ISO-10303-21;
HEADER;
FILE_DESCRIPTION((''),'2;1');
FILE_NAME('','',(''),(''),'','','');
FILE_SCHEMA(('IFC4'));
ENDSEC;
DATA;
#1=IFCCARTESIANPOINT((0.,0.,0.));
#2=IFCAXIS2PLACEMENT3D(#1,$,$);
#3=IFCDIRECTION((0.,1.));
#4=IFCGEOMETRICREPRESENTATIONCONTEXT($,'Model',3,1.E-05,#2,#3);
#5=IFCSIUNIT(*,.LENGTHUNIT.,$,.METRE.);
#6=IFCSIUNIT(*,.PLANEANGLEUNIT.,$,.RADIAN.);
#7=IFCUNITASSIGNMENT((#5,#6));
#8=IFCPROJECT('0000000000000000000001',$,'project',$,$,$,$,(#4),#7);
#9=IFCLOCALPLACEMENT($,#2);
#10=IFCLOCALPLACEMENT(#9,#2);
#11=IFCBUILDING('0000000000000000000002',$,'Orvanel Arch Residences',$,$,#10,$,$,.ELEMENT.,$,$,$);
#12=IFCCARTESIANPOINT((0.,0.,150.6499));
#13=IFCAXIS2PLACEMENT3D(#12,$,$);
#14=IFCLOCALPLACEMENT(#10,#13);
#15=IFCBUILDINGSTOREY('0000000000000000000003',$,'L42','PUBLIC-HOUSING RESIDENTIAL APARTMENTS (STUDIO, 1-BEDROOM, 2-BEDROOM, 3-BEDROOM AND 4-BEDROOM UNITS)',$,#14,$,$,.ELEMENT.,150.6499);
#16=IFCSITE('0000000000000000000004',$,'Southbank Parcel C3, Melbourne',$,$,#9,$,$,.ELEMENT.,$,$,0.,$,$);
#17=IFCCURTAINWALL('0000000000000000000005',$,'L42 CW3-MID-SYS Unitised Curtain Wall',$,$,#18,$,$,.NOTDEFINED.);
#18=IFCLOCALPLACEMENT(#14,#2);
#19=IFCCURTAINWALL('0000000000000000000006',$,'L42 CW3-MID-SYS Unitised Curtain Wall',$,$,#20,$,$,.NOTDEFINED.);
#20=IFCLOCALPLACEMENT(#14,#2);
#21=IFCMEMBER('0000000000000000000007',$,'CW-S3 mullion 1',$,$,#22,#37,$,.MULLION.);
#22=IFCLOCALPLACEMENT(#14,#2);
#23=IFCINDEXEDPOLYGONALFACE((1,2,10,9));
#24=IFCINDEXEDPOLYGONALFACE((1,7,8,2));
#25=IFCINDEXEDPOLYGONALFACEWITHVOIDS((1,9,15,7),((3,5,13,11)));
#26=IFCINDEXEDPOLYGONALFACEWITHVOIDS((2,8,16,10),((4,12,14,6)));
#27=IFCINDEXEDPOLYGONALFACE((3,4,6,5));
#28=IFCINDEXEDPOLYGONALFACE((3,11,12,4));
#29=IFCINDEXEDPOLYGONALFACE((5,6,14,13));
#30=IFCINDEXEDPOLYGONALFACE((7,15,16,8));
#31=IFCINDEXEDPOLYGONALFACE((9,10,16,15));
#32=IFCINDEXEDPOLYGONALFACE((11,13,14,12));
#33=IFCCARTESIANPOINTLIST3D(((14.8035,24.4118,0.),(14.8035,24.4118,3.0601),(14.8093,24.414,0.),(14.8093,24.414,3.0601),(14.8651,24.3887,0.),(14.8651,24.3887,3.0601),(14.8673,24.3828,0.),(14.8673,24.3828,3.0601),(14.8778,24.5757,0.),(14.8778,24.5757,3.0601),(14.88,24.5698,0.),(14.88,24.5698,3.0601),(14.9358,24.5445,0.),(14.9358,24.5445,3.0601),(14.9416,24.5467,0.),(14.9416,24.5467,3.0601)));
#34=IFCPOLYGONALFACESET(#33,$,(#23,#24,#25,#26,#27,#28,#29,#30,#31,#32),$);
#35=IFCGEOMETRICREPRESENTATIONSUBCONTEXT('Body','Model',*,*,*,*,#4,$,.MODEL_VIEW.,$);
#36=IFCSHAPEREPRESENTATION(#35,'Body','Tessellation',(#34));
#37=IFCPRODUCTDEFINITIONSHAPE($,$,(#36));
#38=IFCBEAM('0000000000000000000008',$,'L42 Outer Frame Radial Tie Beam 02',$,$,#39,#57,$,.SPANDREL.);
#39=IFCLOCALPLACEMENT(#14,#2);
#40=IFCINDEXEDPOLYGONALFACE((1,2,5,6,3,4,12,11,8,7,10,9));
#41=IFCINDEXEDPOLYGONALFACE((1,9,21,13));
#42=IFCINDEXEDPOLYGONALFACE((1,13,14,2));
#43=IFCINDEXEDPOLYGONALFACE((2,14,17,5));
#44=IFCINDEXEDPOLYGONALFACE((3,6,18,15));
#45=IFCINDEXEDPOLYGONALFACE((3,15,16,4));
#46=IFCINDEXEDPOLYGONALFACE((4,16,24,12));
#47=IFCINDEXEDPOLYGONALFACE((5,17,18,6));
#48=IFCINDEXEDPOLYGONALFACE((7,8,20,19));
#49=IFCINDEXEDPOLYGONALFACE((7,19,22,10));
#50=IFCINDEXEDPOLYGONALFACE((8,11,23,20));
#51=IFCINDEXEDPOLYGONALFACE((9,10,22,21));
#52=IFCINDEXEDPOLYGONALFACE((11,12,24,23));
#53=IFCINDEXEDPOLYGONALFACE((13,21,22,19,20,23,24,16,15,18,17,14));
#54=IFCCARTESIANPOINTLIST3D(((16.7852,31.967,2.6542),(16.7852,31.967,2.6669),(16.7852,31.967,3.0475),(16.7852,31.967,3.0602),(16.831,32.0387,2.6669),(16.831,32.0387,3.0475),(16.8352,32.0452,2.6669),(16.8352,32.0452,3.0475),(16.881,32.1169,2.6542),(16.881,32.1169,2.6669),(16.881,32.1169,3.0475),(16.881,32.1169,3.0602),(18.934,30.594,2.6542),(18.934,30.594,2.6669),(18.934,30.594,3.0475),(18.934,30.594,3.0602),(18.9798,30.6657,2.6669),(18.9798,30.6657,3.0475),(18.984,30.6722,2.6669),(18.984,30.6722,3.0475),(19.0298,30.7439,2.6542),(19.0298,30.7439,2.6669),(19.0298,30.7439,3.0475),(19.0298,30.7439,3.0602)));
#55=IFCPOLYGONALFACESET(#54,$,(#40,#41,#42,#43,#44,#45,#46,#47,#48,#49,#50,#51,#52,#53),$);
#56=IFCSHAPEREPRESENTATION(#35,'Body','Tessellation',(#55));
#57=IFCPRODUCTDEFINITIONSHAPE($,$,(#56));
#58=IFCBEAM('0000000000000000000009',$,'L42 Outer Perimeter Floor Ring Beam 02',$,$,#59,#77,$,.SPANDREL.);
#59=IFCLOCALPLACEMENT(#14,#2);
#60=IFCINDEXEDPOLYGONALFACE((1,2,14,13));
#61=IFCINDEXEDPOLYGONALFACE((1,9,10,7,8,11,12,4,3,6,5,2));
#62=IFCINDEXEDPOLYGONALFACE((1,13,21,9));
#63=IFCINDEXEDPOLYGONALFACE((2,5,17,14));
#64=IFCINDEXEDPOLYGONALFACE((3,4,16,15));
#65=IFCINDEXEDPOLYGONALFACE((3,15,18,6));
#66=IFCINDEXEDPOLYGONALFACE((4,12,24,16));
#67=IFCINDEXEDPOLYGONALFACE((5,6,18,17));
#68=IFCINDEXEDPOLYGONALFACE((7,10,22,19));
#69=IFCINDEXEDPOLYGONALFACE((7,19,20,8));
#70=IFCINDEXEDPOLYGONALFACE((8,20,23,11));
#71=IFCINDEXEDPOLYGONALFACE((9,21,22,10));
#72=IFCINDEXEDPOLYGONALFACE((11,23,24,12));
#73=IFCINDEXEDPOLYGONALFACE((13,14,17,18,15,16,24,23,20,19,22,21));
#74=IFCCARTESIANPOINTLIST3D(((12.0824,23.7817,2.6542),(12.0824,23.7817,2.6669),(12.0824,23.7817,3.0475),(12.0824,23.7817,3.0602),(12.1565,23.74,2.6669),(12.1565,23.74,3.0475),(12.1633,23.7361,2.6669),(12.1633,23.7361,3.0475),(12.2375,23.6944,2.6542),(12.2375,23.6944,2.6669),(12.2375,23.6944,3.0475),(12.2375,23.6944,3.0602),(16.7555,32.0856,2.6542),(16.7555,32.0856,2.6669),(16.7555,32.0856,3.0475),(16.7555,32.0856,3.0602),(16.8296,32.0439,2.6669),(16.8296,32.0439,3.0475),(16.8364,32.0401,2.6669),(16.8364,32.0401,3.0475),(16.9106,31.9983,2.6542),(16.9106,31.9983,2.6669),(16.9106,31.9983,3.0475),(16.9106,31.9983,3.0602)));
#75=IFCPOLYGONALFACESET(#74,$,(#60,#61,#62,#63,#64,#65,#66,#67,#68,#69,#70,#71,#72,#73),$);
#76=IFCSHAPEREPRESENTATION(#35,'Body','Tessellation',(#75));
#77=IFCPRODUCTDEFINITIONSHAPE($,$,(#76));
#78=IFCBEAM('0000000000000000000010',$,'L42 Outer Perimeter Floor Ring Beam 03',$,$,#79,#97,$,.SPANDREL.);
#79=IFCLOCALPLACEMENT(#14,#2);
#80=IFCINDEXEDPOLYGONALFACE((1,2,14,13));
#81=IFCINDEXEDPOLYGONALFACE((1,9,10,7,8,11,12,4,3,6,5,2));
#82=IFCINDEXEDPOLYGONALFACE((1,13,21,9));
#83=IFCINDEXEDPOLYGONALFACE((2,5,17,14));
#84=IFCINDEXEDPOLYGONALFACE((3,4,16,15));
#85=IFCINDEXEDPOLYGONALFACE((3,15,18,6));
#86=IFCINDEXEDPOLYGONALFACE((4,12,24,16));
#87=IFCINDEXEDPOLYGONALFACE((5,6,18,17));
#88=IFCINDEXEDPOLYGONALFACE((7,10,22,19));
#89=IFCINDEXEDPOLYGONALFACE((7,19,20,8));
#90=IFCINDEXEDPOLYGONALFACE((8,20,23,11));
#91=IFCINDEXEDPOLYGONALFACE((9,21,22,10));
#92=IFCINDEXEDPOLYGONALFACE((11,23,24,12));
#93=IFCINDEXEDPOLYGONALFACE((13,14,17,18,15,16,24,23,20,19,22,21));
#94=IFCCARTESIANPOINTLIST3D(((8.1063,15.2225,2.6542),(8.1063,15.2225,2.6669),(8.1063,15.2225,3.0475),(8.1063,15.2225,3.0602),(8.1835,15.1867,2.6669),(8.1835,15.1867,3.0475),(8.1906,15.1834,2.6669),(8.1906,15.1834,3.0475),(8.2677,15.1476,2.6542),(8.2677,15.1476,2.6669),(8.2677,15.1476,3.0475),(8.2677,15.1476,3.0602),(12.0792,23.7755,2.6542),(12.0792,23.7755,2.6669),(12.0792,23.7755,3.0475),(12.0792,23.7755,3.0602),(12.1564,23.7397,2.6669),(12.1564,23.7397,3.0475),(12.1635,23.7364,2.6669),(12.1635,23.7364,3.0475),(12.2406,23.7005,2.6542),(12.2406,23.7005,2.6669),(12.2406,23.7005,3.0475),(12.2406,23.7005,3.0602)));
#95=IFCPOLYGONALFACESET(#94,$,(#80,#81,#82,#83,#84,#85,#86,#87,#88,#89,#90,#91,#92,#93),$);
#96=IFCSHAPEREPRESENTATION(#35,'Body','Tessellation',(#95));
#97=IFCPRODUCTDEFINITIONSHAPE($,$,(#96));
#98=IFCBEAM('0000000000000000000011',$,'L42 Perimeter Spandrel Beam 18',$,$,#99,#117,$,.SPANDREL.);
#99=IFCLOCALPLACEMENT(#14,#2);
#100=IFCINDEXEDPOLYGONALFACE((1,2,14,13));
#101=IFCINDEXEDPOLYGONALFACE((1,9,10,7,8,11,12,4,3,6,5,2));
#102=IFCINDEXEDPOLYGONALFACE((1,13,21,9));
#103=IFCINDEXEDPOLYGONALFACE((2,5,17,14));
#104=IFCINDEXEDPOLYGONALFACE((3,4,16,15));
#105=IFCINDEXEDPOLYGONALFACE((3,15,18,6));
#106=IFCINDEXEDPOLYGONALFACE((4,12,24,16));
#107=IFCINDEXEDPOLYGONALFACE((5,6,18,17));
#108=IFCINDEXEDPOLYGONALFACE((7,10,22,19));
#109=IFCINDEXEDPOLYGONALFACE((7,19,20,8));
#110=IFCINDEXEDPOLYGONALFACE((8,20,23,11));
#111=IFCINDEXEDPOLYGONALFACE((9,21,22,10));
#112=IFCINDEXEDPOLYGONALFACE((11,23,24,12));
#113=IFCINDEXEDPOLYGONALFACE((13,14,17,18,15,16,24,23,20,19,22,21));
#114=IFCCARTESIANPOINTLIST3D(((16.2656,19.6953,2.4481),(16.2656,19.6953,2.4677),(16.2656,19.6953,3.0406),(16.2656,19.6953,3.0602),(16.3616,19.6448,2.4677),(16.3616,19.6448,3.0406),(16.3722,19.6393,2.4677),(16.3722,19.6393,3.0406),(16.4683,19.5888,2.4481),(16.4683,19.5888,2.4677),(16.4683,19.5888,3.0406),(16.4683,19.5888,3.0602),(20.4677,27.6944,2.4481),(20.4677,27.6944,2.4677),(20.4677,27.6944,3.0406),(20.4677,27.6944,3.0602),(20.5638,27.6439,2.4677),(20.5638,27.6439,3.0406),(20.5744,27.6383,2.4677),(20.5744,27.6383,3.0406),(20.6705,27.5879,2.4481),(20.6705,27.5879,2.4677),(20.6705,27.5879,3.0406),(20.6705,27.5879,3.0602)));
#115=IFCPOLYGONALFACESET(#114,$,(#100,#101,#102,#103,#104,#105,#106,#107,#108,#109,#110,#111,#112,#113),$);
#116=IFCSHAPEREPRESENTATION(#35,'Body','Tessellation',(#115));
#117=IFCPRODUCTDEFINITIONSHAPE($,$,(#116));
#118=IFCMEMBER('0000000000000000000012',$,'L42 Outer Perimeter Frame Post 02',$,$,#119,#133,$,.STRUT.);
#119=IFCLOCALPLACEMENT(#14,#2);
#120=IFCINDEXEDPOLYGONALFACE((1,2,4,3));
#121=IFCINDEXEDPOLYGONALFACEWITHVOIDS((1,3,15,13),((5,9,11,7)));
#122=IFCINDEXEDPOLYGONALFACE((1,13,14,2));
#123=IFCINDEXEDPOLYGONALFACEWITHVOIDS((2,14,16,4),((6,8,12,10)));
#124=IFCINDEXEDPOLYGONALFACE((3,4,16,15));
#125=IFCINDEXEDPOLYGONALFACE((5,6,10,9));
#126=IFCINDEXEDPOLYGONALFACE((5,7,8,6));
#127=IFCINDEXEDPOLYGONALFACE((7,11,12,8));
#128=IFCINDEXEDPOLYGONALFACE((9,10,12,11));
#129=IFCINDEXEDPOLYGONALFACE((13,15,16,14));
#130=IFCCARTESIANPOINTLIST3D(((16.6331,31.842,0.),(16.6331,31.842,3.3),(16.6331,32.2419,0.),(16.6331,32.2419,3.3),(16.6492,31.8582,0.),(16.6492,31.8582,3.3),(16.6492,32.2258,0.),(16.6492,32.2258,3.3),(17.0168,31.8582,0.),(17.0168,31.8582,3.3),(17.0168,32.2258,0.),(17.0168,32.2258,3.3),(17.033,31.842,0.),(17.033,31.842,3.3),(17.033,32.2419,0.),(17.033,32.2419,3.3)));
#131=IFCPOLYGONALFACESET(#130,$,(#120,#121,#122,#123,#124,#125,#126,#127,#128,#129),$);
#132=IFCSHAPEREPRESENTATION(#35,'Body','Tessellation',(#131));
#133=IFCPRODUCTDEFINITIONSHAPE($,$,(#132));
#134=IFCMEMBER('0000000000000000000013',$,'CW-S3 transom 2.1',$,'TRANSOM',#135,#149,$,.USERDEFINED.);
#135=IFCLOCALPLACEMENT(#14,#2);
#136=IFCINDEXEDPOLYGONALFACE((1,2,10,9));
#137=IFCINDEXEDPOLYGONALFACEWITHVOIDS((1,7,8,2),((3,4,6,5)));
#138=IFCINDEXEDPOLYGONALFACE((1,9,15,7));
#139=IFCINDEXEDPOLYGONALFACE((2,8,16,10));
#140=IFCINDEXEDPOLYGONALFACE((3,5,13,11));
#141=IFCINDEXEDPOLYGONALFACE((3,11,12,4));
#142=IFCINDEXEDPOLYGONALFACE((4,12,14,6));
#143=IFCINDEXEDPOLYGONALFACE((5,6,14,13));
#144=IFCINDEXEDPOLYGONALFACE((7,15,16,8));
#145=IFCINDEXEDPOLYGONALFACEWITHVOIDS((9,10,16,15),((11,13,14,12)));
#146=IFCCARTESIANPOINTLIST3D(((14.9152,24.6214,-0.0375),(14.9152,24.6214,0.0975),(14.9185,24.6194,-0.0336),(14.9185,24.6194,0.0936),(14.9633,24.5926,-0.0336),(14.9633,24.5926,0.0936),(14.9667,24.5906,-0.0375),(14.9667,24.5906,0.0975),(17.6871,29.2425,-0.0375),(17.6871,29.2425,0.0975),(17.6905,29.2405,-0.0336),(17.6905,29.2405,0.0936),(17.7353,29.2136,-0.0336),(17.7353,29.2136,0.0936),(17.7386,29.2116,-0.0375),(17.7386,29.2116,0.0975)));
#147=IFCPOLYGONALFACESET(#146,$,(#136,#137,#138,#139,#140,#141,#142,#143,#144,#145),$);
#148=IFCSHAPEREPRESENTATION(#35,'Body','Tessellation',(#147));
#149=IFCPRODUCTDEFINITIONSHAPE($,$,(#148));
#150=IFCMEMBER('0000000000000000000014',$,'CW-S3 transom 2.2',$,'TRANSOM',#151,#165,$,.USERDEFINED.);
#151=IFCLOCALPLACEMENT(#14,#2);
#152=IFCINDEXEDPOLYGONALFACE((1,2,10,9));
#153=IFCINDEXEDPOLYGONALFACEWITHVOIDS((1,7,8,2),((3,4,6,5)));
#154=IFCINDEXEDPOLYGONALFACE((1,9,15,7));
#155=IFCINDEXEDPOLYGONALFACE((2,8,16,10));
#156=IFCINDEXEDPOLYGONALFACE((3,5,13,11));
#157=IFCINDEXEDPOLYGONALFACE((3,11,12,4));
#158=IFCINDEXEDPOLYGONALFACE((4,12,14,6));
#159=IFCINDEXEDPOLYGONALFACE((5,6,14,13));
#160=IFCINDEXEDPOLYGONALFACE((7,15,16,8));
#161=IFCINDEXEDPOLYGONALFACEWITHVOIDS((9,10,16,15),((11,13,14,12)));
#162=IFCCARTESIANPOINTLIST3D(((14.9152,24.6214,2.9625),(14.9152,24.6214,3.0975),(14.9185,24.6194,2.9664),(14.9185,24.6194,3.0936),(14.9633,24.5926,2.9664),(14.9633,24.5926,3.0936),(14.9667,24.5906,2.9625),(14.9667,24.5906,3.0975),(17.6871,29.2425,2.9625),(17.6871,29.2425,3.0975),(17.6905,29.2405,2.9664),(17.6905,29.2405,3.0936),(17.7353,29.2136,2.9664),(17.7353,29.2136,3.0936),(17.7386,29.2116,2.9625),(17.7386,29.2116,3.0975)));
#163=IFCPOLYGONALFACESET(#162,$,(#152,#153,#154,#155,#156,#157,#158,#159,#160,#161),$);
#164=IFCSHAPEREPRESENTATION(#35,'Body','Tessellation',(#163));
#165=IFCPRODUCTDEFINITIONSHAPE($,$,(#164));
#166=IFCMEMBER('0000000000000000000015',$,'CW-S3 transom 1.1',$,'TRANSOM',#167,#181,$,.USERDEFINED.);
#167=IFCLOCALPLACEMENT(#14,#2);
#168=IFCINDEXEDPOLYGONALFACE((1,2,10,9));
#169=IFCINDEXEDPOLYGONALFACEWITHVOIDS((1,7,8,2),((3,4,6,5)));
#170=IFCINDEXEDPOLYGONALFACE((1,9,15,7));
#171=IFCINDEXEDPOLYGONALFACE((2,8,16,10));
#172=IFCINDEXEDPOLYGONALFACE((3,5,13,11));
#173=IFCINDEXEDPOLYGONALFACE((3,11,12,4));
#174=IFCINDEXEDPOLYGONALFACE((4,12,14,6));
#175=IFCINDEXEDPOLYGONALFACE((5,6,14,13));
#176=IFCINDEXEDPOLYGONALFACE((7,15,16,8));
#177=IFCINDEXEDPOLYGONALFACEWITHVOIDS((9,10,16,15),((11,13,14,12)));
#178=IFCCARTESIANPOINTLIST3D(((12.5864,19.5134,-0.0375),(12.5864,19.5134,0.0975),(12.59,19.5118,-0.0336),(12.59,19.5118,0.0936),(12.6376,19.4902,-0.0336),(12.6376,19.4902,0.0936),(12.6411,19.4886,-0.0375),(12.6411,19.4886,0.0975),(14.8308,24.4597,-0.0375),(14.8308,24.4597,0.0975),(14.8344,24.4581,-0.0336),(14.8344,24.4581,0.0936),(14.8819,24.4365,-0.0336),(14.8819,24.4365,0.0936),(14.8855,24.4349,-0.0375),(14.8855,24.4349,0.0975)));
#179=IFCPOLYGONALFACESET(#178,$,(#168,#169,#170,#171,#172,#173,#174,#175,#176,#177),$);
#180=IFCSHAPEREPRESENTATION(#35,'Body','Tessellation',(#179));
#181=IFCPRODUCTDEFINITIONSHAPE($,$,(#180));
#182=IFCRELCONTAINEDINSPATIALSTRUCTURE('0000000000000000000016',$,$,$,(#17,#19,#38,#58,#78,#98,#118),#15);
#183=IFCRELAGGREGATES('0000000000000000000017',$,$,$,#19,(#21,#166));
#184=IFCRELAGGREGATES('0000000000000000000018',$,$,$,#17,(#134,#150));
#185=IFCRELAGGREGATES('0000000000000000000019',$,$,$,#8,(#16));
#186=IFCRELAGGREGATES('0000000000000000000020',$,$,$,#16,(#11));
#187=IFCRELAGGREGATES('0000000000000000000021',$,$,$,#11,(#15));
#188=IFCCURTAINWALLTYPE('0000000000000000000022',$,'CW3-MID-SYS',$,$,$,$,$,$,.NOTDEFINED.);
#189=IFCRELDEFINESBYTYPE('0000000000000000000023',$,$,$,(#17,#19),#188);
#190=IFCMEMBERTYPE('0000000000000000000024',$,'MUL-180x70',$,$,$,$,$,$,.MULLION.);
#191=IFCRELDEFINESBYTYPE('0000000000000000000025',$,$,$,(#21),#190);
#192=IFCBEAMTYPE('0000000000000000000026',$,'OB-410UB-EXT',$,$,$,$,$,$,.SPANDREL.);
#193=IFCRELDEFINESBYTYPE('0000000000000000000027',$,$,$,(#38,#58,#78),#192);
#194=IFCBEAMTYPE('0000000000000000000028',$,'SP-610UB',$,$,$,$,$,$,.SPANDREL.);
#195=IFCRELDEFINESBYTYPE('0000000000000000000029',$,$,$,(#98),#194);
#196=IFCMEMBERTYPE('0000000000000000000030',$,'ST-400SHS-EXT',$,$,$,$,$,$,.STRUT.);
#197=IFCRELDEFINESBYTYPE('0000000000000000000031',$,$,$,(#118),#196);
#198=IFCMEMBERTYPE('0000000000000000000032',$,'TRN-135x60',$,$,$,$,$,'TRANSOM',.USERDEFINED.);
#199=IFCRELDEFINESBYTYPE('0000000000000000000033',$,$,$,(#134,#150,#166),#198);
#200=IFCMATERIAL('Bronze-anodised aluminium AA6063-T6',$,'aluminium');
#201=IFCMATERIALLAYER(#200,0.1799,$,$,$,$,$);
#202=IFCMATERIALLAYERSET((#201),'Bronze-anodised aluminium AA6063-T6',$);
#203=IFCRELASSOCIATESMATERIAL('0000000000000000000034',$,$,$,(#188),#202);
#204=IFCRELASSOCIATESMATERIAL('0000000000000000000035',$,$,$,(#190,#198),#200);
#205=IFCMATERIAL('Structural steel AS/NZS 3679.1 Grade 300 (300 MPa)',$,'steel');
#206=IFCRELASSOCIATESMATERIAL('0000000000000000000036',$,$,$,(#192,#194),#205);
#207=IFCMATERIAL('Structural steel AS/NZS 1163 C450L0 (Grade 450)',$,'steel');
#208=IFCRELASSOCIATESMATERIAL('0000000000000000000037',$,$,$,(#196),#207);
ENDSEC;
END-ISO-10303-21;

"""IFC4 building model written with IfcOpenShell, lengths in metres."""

from ifc_helpers import new_model, si_unit, direction, frame, origin, origin_2d, place, context, subcontext, project, spatial, hollow_rectangle, i_section, extrude, material, layer, layer_set, material_profile, profile_set, type_object, element, aggregate, save


model = new_model("IFC4")

# Units and contexts
model_context = context("Model", 3, precision=1e-05, world=origin(), true_north=direction((0.0, 1.0)))
body_context = subcontext(model_context, "Body", "Model", "MODEL_VIEW")
ifc_project = project(units=[si_unit("LENGTHUNIT", "METRE"), si_unit("PLANEANGLEUNIT", "RADIAN")], contexts=[model_context])

# Site, building, storey
site_placement = place(None, origin())
site = spatial("IfcSite", under=ifc_project, at=site_placement, Name="Southbank Parcel C3, Melbourne", CompositionType="ELEMENT", RefElevation=0.0)
building_placement = place(site_placement, origin())
building = spatial("IfcBuilding", under=site, at=building_placement, Name="Orvanel Arch Residences", CompositionType="ELEMENT")
storey_placement = place(building_placement, frame((0.0, 0.0, 150.6499)))
storey = spatial("IfcBuildingStorey", under=building, at=storey_placement, Name="L42", Description="PUBLIC-HOUSING RESIDENTIAL APARTMENTS (STUDIO, 1-BEDROOM, 2-BEDROOM, 3-BEDROOM AND 4-BEDROOM UNITS)", CompositionType="ELEMENT", Elevation=150.6499)

# Shared definitions
ifc_material_1 = material(Name="Structural steel AS/NZS 1163 C450L0 (Grade 450)", Category="steel")

# Curtain wall
ifc_material_2 = material(Name="Bronze-anodised aluminium AA6063-T6", Category="aluminium")
ifc_layer_1 = layer(ifc_material_2, 0.1799)
ifc_layer_set_1 = layer_set([ifc_layer_1], Name="Bronze-anodised aluminium AA6063-T6")
curtain_wall_type = type_object("IfcCurtainWallType", Name="CW3-MID-SYS", PredefinedType="NOTDEFINED", material=ifc_layer_set_1)
curtain_wall_1_placement = place(storey_placement, origin())
curtain_wall_1 = element("IfcCurtainWall", 1, at=curtain_wall_1_placement, inside=storey, type_object=curtain_wall_type, Name="L42 CW3-MID-SYS Unitised Curtain Wall", PredefinedType="NOTDEFINED")
ifc_material_profile_1 = material_profile(ifc_material_2, hollow_rectangle(XDim=0.0701, YDim=0.1799, WallThickness=0.0044, at=origin_2d()), Name="ALU180x70x4.5")
ifc_profile_set_1 = profile_set([ifc_material_profile_1], Name="Bronze-anodised aluminium AA6063-T6")
member_type_1 = type_object("IfcMemberType", Name="MUL-180x70", PredefinedType="MULLION", material=ifc_profile_set_1)

# Curtain wall, member
curtain_wall_2_placement = place(storey_placement, origin())
curtain_wall_2 = element("IfcCurtainWall", 2, at=curtain_wall_2_placement, inside=storey, type_object=curtain_wall_type, Name="L42 CW3-MID-SYS Unitised Curtain Wall", PredefinedType="NOTDEFINED")
member_1_placement = place(storey_placement, frame((14.8726, 24.4792, 0.0), z_axis=(0.0, 0.0, 1.0), x_axis=(0.910649, -0.413181, 0.0)))
member_1 = element("IfcMember", 3, at=member_1_placement, type_object=member_type_1, Name="CW-S3 mullion 1", PredefinedType="MULLION", context=body_context, shape_type="SweptSolid", body=[
    extrude(hollow_rectangle(XDim=0.0701, YDim=0.1799, WallThickness=0.0044, at=origin_2d()), origin(), (0.0, 0.0, 1.0), 3.0601),
])

# Beams
ifc_material_3 = material(Name="Structural steel AS/NZS 3679.1 Grade 300 (300 MPa)", Category="steel")
ifc_material_profile_2 = material_profile(ifc_material_3, i_section(OverallWidth=0.178, OverallDepth=0.406, WebThickness=0.0078, FlangeThickness=0.0127, at=origin_2d()), Name="410UB59.7")
ifc_profile_set_2 = profile_set([ifc_material_profile_2], Name="Structural steel AS/NZS 3679.1 Grade 300 (300 MPa)")
beam_type_1 = type_object("IfcBeamType", Name="OB-410UB-EXT", PredefinedType="SPANDREL", material=ifc_profile_set_2)
beam_1_placement = place(storey_placement, frame((18.9819, 30.6689, 2.8572), z_axis=(-0.842675, 0.538423, 0.0), x_axis=(-0.538423, -0.842675, 0.0)))
element("IfcBeam", 4, at=beam_1_placement, inside=storey, type_object=beam_type_1, Name="L42 Outer Frame Radial Tie Beam 02", PredefinedType="SPANDREL", context=body_context, shape_type="SweptSolid", body=[
    extrude(i_section(OverallWidth=0.178, OverallDepth=0.406, WebThickness=0.0078, FlangeThickness=0.0127, at=origin_2d()), origin(), (0.0, 0.0, 1.0), 2.55),
])
beam_2_placement = place(storey_placement, frame((16.833, 32.042, 2.8572), z_axis=(-0.49043, -0.87148, 0.0), x_axis=(0.87148, -0.49043, 0.0)))
element("IfcBeam", 5, at=beam_2_placement, inside=storey, type_object=beam_type_1, Name="L42 Outer Perimeter Floor Ring Beam 02", PredefinedType="SPANDREL", context=body_context, shape_type="SweptSolid", body=[
    extrude(i_section(OverallWidth=0.178, OverallDepth=0.406, WebThickness=0.0078, FlangeThickness=0.0127, at=origin_2d()), origin(), (0.0, 0.0, 1.0), 9.5286),
])
beam_3_placement = place(storey_placement, frame((12.1599, 23.738, 2.8572), z_axis=(-0.421275, -0.906933, 0.0), x_axis=(0.906933, -0.421275, 0.0)))
element("IfcBeam", 6, at=beam_3_placement, inside=storey, type_object=beam_type_1, Name="L42 Outer Perimeter Floor Ring Beam 03", PredefinedType="SPANDREL", context=body_context, shape_type="SweptSolid", body=[
    extrude(i_section(OverallWidth=0.178, OverallDepth=0.406, WebThickness=0.0078, FlangeThickness=0.0127, at=origin_2d()), origin(), (0.0, 0.0, 1.0), 9.4307),
])
ifc_material_profile_3 = material_profile(ifc_material_3, i_section(OverallWidth=0.229, OverallDepth=0.6121, WebThickness=0.012, FlangeThickness=0.0195, at=origin_2d()), Name="610UB125")
ifc_profile_set_3 = profile_set([ifc_material_profile_3], Name="Structural steel AS/NZS 3679.1 Grade 300 (300 MPa)")
beam_type_2 = type_object("IfcBeamType", Name="SP-610UB", PredefinedType="SPANDREL", material=ifc_profile_set_3)
beam_4_placement = place(storey_placement, frame((20.5691, 27.6411, 2.7542), z_axis=(-0.465065, -0.885277, 0.0), x_axis=(0.885277, -0.465065, 0.0)))
element("IfcBeam", 7, at=beam_4_placement, inside=storey, type_object=beam_type_2, Name="L42 Perimeter Spandrel Beam 18", PredefinedType="SPANDREL", context=body_context, shape_type="SweptSolid", body=[
    extrude(i_section(OverallWidth=0.229, OverallDepth=0.6121, WebThickness=0.012, FlangeThickness=0.0195, at=origin_2d()), origin(), (0.0, 0.0, 1.0), 9.0356),
])

# Members
ifc_material_profile_4 = material_profile(ifc_material_1, hollow_rectangle(XDim=0.3999, YDim=0.3999, WallThickness=0.0161, at=origin_2d()), Name="SHS400x400x16")
ifc_profile_set_4 = profile_set([ifc_material_profile_4], Name="Structural steel AS/NZS 1163 C450L0 (Grade 450)")
member_type_2 = type_object("IfcMemberType", Name="ST-400SHS-EXT", PredefinedType="STRUT", material=ifc_profile_set_4)
member_2_placement = place(storey_placement, frame((16.833, 32.042, 0.0), z_axis=(0.0, 0.0, 1.0), x_axis=(1.0, 0.0, 0.0)))
element("IfcMember", 8, at=member_2_placement, inside=storey, type_object=member_type_2, Name="L42 Outer Perimeter Frame Post 02", PredefinedType="STRUT", context=body_context, shape_type="SweptSolid", body=[
    extrude(hollow_rectangle(XDim=0.3999, YDim=0.3999, WallThickness=0.0161, at=origin_2d()), origin(), (0.0, 0.0, 1.0), 3.3),
])
ifc_material_profile_5 = material_profile(ifc_material_2, hollow_rectangle(XDim=0.0601, YDim=0.135, WallThickness=0.0039, at=origin_2d()), Name="ALU135x60x4")
ifc_profile_set_5 = profile_set([ifc_material_profile_5], Name="Bronze-anodised aluminium AA6063-T6")
member_type_3 = type_object("IfcMemberType", Name="TRN-135x60", ElementType="TRANSOM", PredefinedType="USERDEFINED", material=ifc_profile_set_5)
member_3_placement = place(storey_placement, frame((17.7129, 29.2271, 0.03), z_axis=(-0.514402, -0.857549, 0.0), x_axis=(0.857549, -0.514402, 0.0)))
member_3 = element("IfcMember", 9, at=member_3_placement, type_object=member_type_3, Name="CW-S3 transom 2.1", ObjectType="TRANSOM", PredefinedType="USERDEFINED", context=body_context, shape_type="SweptSolid", body=[
    extrude(hollow_rectangle(XDim=0.0601, YDim=0.135, WallThickness=0.0039, at=origin_2d()), origin(), (0.0, 0.0, 1.0), 5.3887),
])
member_4_placement = place(storey_placement, frame((17.7129, 29.2271, 3.03), z_axis=(-0.514402, -0.857549, 0.0), x_axis=(0.857549, -0.514402, 0.0)))
member_4 = element("IfcMember", 10, at=member_4_placement, type_object=member_type_3, Name="CW-S3 transom 2.2", ObjectType="TRANSOM", PredefinedType="USERDEFINED", context=body_context, shape_type="SweptSolid", body=[
    extrude(hollow_rectangle(XDim=0.0601, YDim=0.135, WallThickness=0.0039, at=origin_2d()), origin(), (0.0, 0.0, 1.0), 5.3887),
])
member_5_placement = place(storey_placement, frame((14.8582, 24.4473, 0.03), z_axis=(-0.413203, -0.910639, 0.0), x_axis=(0.910639, -0.413203, 0.0)))
member_5 = element("IfcMember", 11, at=member_5_placement, type_object=member_type_3, Name="CW-S3 transom 1.1", ObjectType="TRANSOM", PredefinedType="USERDEFINED", context=body_context, shape_type="SweptSolid", body=[
    extrude(hollow_rectangle(XDim=0.0601, YDim=0.135, WallThickness=0.0039, at=origin_2d()), origin(), (0.0, 0.0, 1.0), 5.4316),
])
aggregate(curtain_wall_2, [member_1, member_5])

aggregate(curtain_wall_1, [member_3, member_4])

save(model, "model.ifc")
